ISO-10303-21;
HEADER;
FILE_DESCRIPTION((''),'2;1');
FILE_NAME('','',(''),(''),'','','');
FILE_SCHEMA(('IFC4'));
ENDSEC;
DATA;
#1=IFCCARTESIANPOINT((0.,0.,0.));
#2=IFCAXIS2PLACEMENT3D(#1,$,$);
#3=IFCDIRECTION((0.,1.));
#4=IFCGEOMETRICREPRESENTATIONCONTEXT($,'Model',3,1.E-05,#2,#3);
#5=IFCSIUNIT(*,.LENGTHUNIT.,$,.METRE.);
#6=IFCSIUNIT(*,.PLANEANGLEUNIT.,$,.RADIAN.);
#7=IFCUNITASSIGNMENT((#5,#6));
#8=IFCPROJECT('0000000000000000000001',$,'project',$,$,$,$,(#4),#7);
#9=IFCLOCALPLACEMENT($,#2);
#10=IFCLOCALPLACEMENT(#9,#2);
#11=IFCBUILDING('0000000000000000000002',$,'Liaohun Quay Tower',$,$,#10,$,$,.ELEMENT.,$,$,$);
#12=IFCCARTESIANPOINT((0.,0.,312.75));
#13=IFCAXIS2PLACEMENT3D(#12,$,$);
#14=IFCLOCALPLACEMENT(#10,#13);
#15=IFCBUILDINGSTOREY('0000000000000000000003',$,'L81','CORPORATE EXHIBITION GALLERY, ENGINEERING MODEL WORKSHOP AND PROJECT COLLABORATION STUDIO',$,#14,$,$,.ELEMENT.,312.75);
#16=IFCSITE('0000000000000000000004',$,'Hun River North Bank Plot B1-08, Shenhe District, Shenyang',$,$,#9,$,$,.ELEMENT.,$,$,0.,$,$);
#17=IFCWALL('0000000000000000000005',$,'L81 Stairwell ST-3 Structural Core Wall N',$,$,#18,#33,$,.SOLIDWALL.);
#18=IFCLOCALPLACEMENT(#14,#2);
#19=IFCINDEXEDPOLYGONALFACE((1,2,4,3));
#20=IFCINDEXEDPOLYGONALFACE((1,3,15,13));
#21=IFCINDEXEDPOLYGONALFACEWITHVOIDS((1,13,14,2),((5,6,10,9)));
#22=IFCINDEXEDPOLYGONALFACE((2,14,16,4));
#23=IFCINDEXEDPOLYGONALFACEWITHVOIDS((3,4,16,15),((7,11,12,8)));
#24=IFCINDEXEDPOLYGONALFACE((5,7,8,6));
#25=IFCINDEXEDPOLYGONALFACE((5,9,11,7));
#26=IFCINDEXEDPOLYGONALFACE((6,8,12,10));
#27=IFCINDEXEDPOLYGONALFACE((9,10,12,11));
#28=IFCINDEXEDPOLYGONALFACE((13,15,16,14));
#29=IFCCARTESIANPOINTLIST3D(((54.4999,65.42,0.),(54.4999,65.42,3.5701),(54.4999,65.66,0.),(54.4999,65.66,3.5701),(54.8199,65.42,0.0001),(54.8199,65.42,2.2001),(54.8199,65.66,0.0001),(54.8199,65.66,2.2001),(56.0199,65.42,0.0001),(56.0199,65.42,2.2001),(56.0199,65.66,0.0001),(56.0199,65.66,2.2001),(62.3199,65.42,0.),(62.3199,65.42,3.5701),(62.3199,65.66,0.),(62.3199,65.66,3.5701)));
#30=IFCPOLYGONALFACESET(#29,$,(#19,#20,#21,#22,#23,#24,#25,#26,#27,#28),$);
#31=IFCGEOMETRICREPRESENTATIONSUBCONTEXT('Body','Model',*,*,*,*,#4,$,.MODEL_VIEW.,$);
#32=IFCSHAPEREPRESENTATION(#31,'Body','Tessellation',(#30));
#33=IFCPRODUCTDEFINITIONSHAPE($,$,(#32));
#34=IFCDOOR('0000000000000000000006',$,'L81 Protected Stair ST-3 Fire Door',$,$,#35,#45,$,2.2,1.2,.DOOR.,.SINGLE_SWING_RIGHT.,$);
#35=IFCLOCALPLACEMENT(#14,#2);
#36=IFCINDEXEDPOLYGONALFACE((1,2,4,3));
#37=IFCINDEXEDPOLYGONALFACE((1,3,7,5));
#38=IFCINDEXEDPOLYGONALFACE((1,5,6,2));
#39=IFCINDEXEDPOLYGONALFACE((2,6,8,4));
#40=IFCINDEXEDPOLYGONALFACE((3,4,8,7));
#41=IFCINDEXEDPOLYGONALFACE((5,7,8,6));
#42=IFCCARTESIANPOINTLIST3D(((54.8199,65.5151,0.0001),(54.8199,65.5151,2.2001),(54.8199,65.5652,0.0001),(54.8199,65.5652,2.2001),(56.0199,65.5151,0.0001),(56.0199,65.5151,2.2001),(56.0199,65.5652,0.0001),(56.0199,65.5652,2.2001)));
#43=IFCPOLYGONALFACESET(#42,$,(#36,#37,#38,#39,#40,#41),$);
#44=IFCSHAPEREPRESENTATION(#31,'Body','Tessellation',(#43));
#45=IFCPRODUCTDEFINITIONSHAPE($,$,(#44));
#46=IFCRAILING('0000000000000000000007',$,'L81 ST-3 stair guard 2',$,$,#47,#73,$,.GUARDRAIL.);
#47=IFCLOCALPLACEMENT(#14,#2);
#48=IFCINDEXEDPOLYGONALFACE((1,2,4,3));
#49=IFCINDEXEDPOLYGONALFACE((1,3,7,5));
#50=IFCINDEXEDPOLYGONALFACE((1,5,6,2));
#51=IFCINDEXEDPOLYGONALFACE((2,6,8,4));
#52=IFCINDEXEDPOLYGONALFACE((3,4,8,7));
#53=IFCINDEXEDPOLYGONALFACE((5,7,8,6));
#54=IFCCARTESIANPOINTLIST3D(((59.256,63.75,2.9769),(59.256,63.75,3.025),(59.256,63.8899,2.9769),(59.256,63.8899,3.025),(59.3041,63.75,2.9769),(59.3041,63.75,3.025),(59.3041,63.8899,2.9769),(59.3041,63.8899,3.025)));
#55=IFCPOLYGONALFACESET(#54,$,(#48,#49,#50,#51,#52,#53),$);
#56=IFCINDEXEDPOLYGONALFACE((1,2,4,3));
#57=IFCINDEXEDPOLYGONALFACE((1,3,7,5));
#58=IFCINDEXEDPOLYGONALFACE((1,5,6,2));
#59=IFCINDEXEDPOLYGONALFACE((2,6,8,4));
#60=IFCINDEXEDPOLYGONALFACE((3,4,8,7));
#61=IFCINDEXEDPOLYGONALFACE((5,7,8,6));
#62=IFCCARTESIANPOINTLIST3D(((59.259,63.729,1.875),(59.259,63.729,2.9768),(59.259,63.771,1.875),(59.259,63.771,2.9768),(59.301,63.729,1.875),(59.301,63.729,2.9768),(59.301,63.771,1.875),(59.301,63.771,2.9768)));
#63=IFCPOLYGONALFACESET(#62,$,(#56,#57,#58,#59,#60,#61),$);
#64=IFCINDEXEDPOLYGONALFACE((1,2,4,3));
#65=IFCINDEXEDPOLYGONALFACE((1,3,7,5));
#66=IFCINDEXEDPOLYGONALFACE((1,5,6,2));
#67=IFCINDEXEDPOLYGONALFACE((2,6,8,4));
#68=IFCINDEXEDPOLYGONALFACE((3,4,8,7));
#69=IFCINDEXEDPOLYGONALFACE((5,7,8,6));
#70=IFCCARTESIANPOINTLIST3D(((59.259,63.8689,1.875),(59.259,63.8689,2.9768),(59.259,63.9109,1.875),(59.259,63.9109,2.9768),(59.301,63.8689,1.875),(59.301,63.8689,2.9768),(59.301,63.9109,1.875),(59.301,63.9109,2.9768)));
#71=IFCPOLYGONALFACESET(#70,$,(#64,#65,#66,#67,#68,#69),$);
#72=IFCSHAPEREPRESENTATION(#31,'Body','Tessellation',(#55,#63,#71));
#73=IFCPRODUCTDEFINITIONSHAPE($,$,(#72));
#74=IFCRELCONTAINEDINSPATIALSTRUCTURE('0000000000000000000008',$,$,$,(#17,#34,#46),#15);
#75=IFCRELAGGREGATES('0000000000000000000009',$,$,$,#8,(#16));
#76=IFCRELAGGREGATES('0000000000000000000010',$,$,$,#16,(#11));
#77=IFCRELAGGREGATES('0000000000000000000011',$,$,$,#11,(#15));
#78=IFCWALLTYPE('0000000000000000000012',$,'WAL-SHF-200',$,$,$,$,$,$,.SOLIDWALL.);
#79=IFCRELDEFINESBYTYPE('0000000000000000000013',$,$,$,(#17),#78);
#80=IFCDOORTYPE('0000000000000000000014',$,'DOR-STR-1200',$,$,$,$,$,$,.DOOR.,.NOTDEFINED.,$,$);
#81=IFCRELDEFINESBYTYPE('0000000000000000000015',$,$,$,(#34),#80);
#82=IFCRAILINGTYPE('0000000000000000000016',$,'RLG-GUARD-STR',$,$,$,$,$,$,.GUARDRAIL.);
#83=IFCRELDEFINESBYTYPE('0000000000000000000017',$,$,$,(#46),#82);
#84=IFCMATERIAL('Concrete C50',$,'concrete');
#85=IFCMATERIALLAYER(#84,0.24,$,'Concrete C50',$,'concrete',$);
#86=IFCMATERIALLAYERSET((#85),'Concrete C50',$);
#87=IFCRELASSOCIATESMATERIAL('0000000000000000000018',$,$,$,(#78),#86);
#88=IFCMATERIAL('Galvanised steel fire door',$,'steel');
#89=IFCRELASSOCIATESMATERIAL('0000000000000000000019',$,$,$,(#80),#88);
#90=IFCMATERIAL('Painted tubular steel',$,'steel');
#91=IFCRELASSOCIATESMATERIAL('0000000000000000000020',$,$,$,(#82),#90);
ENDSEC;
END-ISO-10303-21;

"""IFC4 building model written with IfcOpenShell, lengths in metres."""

from ifc_helpers import new_model, si_unit, direction, frame, frame_2d, origin, origin_2d, place, context, subcontext, project, spatial, rectangle, extrude, source, transform, mapped, material, layer, layer_set, type_object, element, fill, save


model = new_model("IFC4")

# Units and contexts
model_context = context("Model", 3, precision=1e-05, world=origin(), true_north=direction((0.0, 1.0)))
body_context = subcontext(model_context, "Body", "Model", "MODEL_VIEW")
ifc_project = project(units=[si_unit("LENGTHUNIT", "METRE"), si_unit("PLANEANGLEUNIT", "RADIAN")], contexts=[model_context])

# Site, building, storey
site_placement = place(None, origin())
site = spatial("IfcSite", under=ifc_project, at=site_placement, Name="Hun River North Bank Plot B1-08, Shenhe District, Shenyang", CompositionType="ELEMENT", RefElevation=0.0)
building_placement = place(site_placement, origin())
building = spatial("IfcBuilding", under=site, at=building_placement, Name="Liaohun Quay Tower", CompositionType="ELEMENT")
storey_placement = place(building_placement, frame((0.0, 0.0, 312.75)))
storey = spatial("IfcBuildingStorey", under=building, at=storey_placement, Name="L81", Description="CORPORATE EXHIBITION GALLERY, ENGINEERING MODEL WORKSHOP AND PROJECT COLLABORATION STUDIO", CompositionType="ELEMENT", Elevation=312.75)

# Shared definitions
ifc_material_1 = material(Name="Concrete C50", Category="concrete")

# Shared definitions
ifc_layer_1 = layer(ifc_material_1, 0.24, Name="Concrete C50", Category="concrete")
ifc_layer_set_1 = layer_set([ifc_layer_1], Name="Concrete C50")
wall_type_1 = type_object("IfcWallType", Name="WAL-SHF-200", PredefinedType="SOLIDWALL", material=ifc_layer_set_1)

# Wall, opening, door
wall_1_placement = place(storey_placement, frame((62.3201, 65.54, 0.0), z_axis=(0.0, 0.0, 1.0), x_axis=(-1.0, 0.0, 0.0)))
wall_1 = element("IfcWall", 1, at=wall_1_placement, inside=storey, type_object=wall_type_1, Name="L81 Stairwell ST-3 Structural Core Wall N", PredefinedType="SOLIDWALL", context=body_context, shape_type="SweptSolid", body=[
    extrude(rectangle(XDim=7.8201, YDim=0.24, at=frame_2d((3.9102, 0.0))), origin(), (0.0, 0.0, 1.0), 3.5701),
])
shared_shape_1 = source(origin(), body_context, "Body", "SweptSolid", [
    extrude(rectangle(XDim=1.2, YDim=2.2, at=frame_2d((0.6001, 1.1001))), frame((0.0, 0.1299, 0.0), z_axis=(0.0, -1.0, 0.0), x_axis=(1.0, 0.0, 0.0)), (0.0, 0.0, 1.0), 0.26),
])
opening_1_placement = place(wall_1_placement, frame((6.3, 0.0, 0.0)))
opening_1 = element("IfcOpeningElement", 2, at=opening_1_placement, cuts=wall_1, PredefinedType="OPENING", context=body_context, shape_type="MappedRepresentation", body=[
    mapped(shared_shape_1, transform((0.0, 0.0, 0.0), x_axis=(1.0, 0.0, 0.0), y_axis=(0.0, 1.0, 0.0), z_axis=(0.0, 0.0, 1.0), scale=1.0)),
])
ifc_material_2 = material(Name="Galvanised steel fire door", Category="steel")
door_type_1 = type_object("IfcDoorType", Name="DOR-STR-1200", OperationType="NOTDEFINED", PredefinedType="DOOR", material=ifc_material_2)
shared_shape_2 = source(origin(), body_context, "Body", "SweptSolid", [
    extrude(rectangle(XDim=1.2, YDim=2.2, at=frame_2d((0.6001, 1.1001))), frame((0.0, 0.0249, 0.0), z_axis=(0.0, -1.0, 0.0), x_axis=(1.0, 0.0, 0.0)), (0.0, 0.0, 1.0), 0.05),
])
door_1_placement = place(opening_1_placement, origin())
door_1 = element("IfcDoor", 3, at=door_1_placement, inside=storey, type_object=door_type_1, Name="L81 Protected Stair ST-3 Fire Door", OperationType="SINGLE_SWING_RIGHT", OverallHeight=2.2, OverallWidth=1.2, PredefinedType="DOOR", context=body_context, shape_type="MappedRepresentation", body=[
    mapped(shared_shape_2, transform((0.0, 0.0, 0.0), x_axis=(1.0, 0.0, 0.0), y_axis=(0.0, 1.0, 0.0), z_axis=(0.0, 0.0, 1.0), scale=1.0)),
])
fill(opening_1, door_1)

# Railing
ifc_material_3 = material(Name="Painted tubular steel", Category="steel")
railing_type = type_object("IfcRailingType", Name="RLG-GUARD-STR", PredefinedType="GUARDRAIL", material=ifc_material_3)
railing_placement = place(storey_placement, frame((59.28, 63.75, 1.875)))
element("IfcRailing", 4, at=railing_placement, inside=storey, type_object=railing_type, Name="L81 ST-3 stair guard 2", PredefinedType="GUARDRAIL", context=body_context, shape_type="SweptSolid", body=[
    extrude(rectangle(XDim=0.0481, YDim=0.0481, at=origin_2d()), frame((0.0, 0.0, 1.126), z_axis=(0.0, 1.0, 0.0), x_axis=(-1.0, 0.0, 0.0)), (0.0, 0.0, 1.0), 0.1399),
    extrude(rectangle(XDim=0.042, YDim=0.042, at=origin_2d()), origin(), (0.0, 0.0, 1.0), 1.1018),
    extrude(rectangle(XDim=0.042, YDim=0.042, at=origin_2d()), frame((0.0, 0.1399, 0.0)), (0.0, 0.0, 1.0), 1.1018),
])

save(model, "model.ifc")
